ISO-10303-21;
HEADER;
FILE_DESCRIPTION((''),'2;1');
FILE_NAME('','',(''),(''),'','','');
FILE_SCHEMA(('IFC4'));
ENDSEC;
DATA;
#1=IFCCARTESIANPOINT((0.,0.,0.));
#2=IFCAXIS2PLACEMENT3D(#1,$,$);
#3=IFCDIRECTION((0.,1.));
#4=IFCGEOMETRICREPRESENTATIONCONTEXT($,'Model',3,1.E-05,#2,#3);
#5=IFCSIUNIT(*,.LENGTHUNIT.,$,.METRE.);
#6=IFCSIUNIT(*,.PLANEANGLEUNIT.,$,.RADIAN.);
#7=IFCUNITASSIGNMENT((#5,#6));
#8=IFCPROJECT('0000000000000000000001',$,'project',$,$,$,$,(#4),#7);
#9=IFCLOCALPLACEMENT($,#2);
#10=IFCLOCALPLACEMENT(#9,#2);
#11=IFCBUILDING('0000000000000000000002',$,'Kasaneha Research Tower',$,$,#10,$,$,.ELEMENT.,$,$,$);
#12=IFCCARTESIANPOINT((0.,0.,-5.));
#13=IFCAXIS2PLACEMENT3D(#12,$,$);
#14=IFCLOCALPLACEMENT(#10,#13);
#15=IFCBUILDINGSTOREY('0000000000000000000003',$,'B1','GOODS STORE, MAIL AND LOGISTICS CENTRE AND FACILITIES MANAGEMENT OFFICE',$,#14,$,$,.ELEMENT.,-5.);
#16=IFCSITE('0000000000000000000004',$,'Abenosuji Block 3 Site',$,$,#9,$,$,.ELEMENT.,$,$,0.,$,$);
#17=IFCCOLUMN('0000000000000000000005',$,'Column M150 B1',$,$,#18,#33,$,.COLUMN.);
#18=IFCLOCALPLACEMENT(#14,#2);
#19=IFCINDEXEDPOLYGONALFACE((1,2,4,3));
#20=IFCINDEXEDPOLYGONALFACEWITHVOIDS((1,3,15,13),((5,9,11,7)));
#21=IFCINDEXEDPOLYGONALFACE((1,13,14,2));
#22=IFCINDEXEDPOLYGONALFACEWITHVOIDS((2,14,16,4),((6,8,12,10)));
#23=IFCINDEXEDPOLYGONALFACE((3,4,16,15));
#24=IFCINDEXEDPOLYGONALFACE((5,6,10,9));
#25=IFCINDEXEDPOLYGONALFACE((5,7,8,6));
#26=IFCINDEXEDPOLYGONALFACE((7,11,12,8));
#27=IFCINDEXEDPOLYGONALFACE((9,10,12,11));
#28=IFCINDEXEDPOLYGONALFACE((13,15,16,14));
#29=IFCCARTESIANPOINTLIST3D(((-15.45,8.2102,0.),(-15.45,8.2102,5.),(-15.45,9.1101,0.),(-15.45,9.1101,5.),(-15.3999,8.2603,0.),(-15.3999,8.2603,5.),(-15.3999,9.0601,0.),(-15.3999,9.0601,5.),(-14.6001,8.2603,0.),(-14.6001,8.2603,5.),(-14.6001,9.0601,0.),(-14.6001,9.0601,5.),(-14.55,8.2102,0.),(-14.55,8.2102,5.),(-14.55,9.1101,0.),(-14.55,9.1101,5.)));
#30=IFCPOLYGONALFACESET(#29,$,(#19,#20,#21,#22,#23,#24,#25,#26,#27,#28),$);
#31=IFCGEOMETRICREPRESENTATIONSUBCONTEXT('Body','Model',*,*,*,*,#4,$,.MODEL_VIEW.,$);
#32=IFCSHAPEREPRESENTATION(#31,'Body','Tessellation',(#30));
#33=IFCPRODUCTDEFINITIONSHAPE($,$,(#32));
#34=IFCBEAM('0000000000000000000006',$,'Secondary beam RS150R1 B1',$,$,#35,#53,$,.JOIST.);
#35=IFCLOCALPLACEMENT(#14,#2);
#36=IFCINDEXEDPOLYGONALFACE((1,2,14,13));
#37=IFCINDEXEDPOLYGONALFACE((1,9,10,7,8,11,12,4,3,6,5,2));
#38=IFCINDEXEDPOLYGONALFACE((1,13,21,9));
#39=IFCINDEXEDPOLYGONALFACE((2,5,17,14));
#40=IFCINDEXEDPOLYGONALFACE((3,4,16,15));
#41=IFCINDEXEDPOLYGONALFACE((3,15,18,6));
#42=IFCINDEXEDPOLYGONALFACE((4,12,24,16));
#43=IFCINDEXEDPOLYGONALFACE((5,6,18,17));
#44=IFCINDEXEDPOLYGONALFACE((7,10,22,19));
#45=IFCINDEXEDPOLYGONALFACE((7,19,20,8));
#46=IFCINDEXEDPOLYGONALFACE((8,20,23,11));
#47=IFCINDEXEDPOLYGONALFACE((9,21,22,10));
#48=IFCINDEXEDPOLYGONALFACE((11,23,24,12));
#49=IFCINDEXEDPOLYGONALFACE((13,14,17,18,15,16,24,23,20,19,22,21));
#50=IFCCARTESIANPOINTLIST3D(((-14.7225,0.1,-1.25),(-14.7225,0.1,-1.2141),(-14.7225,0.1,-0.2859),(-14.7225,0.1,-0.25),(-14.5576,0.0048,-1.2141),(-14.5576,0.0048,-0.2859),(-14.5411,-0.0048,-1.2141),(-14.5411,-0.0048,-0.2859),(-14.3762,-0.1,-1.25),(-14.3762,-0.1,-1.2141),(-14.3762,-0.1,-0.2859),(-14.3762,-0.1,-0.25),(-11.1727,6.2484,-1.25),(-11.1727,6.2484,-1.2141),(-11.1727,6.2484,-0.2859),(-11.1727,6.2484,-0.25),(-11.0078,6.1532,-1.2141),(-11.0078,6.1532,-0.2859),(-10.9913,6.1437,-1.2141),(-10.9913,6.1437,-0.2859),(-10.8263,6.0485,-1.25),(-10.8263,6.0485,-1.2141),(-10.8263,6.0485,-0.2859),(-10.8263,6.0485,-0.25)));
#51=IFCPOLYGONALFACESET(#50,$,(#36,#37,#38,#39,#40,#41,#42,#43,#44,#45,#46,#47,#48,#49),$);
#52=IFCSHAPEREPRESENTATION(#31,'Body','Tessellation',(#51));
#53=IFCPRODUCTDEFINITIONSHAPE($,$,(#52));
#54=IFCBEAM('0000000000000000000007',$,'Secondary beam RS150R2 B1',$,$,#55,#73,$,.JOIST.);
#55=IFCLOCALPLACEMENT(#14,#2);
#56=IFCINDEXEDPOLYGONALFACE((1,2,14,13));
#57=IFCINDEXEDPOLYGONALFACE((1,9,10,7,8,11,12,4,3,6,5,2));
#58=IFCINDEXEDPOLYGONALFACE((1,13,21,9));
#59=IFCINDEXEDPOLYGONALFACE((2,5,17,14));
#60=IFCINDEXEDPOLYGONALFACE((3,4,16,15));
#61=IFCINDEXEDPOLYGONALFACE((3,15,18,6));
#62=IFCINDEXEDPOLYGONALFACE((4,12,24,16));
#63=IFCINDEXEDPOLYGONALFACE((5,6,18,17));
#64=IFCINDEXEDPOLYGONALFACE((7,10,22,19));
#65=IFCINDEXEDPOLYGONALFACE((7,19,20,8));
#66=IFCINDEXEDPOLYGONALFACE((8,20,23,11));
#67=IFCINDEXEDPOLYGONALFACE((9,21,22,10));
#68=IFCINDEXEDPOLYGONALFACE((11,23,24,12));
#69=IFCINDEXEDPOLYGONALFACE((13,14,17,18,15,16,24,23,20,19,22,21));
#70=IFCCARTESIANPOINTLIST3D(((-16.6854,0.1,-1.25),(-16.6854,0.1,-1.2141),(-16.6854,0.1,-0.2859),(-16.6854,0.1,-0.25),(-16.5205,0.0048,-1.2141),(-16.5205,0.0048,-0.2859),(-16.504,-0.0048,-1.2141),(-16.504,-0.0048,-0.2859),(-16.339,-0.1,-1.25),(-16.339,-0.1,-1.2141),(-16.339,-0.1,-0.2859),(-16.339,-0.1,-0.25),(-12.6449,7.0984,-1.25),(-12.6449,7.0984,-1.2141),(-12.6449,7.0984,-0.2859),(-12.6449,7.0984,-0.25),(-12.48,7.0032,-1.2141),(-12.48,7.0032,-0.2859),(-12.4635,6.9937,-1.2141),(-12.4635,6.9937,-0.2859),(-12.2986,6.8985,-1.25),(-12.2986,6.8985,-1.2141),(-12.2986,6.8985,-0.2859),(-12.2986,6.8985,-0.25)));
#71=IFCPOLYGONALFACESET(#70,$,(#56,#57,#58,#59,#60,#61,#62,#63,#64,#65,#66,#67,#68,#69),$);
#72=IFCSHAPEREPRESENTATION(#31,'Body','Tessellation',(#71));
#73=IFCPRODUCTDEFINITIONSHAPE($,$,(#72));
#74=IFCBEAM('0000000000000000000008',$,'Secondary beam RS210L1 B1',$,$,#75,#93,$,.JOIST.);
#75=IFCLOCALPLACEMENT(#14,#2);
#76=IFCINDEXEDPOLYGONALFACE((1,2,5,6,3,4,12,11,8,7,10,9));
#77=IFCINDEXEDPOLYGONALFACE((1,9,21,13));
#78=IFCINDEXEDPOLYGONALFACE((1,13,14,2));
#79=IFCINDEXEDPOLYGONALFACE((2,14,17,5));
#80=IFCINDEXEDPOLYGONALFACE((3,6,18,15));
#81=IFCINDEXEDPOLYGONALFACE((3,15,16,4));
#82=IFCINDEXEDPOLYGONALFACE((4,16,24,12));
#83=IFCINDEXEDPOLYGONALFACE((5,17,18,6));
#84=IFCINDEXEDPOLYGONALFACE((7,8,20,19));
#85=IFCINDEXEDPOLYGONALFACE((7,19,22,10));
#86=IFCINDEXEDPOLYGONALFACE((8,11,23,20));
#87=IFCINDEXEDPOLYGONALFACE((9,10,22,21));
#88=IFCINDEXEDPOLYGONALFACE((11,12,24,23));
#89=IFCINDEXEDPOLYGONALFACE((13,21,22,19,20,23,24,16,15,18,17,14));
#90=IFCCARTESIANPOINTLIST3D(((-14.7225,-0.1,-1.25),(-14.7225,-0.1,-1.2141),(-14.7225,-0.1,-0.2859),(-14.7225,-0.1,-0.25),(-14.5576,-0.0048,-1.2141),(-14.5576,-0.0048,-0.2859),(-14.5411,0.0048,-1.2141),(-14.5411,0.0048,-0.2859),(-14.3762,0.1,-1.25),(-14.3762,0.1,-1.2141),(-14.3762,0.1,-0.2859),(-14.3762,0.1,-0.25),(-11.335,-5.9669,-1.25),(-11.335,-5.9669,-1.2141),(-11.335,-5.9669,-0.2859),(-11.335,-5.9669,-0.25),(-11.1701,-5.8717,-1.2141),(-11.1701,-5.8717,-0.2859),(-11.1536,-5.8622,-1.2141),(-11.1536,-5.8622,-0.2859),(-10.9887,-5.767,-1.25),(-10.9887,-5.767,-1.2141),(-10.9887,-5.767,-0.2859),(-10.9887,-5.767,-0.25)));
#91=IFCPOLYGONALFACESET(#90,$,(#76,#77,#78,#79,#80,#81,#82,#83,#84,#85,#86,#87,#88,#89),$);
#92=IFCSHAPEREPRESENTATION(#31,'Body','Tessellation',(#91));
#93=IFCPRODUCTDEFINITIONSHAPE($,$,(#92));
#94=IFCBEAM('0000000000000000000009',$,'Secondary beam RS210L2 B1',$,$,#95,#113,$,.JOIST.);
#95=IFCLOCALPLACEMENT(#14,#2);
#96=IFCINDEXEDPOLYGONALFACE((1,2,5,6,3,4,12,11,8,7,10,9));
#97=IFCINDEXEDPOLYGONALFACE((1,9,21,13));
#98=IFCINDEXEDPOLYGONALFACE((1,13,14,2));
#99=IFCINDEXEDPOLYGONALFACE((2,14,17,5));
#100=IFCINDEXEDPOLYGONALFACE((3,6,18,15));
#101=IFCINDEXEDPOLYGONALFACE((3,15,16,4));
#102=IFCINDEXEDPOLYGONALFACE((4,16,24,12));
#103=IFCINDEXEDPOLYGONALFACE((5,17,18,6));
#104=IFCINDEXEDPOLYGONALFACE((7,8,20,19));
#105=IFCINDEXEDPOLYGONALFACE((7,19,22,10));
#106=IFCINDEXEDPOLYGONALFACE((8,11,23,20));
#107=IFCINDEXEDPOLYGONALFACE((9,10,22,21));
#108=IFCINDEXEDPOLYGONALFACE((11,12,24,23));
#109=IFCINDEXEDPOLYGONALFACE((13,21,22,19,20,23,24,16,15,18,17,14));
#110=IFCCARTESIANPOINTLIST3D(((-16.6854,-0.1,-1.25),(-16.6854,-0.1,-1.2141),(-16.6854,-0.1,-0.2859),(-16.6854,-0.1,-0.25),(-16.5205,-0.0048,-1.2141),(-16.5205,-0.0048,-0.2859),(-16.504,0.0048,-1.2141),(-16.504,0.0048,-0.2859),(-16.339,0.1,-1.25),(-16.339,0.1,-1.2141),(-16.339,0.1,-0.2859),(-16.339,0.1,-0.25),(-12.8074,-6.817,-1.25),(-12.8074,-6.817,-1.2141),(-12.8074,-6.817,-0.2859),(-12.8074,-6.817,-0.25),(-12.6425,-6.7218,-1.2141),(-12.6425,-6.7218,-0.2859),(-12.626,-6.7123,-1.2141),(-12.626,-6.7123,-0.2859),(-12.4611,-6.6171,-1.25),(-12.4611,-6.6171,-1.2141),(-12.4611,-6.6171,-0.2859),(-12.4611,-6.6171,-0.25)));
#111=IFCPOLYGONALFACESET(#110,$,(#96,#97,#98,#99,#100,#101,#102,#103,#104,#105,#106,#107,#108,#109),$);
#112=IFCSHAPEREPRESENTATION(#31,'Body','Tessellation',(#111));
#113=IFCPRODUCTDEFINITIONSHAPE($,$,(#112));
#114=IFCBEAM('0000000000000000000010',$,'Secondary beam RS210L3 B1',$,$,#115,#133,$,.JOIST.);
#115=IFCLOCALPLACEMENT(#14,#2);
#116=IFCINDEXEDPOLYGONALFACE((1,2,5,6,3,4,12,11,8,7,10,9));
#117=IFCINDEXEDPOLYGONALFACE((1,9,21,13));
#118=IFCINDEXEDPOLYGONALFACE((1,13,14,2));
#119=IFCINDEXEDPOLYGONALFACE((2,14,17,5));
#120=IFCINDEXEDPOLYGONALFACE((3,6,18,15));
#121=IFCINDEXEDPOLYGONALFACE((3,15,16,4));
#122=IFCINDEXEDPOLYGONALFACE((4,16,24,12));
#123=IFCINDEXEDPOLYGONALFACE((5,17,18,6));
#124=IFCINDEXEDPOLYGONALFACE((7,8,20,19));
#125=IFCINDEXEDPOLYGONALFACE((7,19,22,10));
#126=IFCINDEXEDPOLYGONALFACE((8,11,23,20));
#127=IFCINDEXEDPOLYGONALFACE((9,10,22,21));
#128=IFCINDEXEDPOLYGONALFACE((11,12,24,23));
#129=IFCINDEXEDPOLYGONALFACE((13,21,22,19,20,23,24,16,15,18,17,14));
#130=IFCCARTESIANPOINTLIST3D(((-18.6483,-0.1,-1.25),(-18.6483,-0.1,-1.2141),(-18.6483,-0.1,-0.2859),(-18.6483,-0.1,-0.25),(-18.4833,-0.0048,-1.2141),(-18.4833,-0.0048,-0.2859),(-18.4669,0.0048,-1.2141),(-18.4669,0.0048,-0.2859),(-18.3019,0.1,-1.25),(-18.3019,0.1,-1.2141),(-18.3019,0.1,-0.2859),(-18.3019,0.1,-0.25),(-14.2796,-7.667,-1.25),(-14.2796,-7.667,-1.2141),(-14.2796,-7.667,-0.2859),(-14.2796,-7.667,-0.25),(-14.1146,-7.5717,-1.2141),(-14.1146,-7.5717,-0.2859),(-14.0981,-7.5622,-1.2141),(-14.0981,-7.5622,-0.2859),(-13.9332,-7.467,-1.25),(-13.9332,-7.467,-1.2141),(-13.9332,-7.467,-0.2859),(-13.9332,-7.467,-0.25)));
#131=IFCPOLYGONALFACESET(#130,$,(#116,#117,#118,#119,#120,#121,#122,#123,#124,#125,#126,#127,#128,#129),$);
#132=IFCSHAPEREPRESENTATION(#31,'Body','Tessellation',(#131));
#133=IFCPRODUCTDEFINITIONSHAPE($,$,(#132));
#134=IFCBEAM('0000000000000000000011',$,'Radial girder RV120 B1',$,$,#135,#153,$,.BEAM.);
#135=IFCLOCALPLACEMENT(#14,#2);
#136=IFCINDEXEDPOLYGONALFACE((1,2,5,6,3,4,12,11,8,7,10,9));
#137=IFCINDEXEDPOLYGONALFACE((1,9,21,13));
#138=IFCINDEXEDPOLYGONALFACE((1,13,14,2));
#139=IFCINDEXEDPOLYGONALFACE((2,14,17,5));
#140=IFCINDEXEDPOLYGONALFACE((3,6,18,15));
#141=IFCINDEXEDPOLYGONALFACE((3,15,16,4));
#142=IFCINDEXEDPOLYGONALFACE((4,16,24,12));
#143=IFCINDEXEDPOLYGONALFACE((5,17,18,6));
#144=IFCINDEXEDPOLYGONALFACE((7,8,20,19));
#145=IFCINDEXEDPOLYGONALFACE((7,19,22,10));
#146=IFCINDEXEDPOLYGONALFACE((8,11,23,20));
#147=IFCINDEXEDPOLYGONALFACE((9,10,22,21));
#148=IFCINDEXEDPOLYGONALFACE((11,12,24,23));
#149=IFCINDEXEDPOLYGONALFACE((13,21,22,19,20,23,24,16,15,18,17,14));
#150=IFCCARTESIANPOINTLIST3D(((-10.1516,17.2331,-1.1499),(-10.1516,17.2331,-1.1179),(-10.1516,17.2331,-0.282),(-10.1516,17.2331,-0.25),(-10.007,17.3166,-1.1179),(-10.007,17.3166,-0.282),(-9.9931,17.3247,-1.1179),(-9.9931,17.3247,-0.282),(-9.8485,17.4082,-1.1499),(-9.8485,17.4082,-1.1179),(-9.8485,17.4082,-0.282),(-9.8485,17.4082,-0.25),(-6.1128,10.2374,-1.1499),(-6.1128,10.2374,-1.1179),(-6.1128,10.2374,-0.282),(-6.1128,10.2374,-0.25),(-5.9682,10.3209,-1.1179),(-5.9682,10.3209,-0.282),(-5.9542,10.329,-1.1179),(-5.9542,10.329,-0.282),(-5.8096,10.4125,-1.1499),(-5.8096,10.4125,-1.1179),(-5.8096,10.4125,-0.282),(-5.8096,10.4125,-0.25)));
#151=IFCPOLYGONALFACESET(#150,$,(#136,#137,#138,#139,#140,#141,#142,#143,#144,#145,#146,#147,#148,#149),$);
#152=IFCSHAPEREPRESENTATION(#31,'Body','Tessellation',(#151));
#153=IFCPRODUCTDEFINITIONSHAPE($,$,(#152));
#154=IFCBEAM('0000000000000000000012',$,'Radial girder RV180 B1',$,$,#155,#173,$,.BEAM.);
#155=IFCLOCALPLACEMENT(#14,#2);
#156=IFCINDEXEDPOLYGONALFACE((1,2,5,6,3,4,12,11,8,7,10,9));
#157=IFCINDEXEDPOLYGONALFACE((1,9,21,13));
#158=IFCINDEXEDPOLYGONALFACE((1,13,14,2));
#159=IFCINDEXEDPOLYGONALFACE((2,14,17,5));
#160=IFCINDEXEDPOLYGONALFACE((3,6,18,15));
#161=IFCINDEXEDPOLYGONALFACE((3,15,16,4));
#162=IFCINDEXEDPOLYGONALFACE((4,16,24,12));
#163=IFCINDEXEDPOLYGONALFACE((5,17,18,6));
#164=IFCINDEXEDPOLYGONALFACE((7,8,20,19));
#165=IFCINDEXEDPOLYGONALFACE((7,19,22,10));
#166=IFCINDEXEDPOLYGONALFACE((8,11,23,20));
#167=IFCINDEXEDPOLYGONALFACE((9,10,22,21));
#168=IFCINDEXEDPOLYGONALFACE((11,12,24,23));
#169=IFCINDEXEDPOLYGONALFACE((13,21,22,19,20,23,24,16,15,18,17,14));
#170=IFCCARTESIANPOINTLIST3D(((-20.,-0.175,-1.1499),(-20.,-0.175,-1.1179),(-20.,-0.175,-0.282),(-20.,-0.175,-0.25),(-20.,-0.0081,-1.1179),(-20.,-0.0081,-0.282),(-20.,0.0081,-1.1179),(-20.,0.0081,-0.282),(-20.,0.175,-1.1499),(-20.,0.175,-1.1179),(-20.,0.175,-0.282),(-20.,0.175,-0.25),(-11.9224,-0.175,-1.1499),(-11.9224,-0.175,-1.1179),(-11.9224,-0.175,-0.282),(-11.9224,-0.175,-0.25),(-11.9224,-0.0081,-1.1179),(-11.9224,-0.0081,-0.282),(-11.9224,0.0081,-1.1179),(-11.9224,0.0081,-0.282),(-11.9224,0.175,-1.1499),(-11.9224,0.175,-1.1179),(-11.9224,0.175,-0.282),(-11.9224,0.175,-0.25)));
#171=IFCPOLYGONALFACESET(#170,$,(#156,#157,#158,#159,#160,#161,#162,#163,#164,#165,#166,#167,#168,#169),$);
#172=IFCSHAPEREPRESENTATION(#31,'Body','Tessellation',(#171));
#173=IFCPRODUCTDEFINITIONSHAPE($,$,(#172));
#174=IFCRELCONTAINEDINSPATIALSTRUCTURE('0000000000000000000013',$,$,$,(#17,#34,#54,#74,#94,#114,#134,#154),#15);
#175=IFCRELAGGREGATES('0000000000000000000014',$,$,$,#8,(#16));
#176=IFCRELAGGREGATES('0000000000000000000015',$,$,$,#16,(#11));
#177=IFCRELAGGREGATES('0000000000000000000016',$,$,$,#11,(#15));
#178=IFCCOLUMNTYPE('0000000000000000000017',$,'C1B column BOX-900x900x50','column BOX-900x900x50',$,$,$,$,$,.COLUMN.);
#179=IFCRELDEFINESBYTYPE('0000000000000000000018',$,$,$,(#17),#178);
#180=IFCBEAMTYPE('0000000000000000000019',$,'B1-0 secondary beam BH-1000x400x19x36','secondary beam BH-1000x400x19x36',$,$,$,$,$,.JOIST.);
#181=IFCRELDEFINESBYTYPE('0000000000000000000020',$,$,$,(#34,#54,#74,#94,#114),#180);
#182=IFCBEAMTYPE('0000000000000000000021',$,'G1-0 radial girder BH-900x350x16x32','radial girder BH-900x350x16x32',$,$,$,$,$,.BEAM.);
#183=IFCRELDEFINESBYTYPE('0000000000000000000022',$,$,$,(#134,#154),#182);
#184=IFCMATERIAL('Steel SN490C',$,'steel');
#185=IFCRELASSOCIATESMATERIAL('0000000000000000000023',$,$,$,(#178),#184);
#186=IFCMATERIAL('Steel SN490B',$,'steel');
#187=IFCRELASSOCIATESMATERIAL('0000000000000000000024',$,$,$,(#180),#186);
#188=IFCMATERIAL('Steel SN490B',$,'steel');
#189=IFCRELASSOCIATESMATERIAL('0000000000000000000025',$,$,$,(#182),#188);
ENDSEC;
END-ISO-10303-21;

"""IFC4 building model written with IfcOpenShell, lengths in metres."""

from ifc_helpers import new_model, si_unit, direction, frame, origin, origin_2d, place, context, subcontext, project, spatial, hollow_rectangle, i_section, extrude, material, material_profile, profile_set, type_object, element, save


model = new_model("IFC4")

# Units and contexts
model_context = context("Model", 3, precision=1e-05, world=origin(), true_north=direction((0.0, 1.0)))
body_context = subcontext(model_context, "Body", "Model", "MODEL_VIEW")
ifc_project = project(units=[si_unit("LENGTHUNIT", "METRE"), si_unit("PLANEANGLEUNIT", "RADIAN")], contexts=[model_context])

# Site, building, storey
site_placement = place(None, origin())
site = spatial("IfcSite", under=ifc_project, at=site_placement, Name="Abenosuji Block 3 Site", CompositionType="ELEMENT", RefElevation=0.0)
building_placement = place(site_placement, origin())
building = spatial("IfcBuilding", under=site, at=building_placement, Name="Kasaneha Research Tower", CompositionType="ELEMENT")
storey_placement = place(building_placement, frame((0.0, 0.0, -5.0)))
storey = spatial("IfcBuildingStorey", under=building, at=storey_placement, Name="B1", Description="GOODS STORE, MAIL AND LOGISTICS CENTRE AND FACILITIES MANAGEMENT OFFICE", CompositionType="ELEMENT", Elevation=-5.0)

# Column
ifc_material_1 = material(Name="Steel SN490C", Category="steel")
ifc_material_profile_1 = material_profile(ifc_material_1, hollow_rectangle(XDim=0.8999, YDim=0.8999, WallThickness=0.05, at=origin_2d()), Name="BOX-900x900x50")
ifc_profile_set_1 = profile_set([ifc_material_profile_1], Name="Steel SN490C")
column_type = type_object("IfcColumnType", Name="C1B column BOX-900x900x50", Description="column BOX-900x900x50", PredefinedType="COLUMN", material=ifc_profile_set_1)
column_placement = place(storey_placement, frame((-15.0, 8.6602, 0.0), z_axis=(0.0, 0.0, 1.0), x_axis=(1.0, 0.0, 0.0)))
element("IfcColumn", 1, at=column_placement, inside=storey, type_object=column_type, Name="Column M150 B1", PredefinedType="COLUMN", context=body_context, shape_type="SweptSolid", body=[
    extrude(hollow_rectangle(XDim=0.8999, YDim=0.8999, WallThickness=0.05, at=origin_2d()), origin(), (0.0, 0.0, 1.0), 5.0),
])

# Beams
ifc_material_2 = material(Name="Steel SN490B", Category="steel")
ifc_material_profile_2 = material_profile(ifc_material_2, i_section(OverallWidth=0.3999, OverallDepth=1.0, WebThickness=0.019, FlangeThickness=0.0359, at=origin_2d()), Name="BH-1000x400x19x36")
ifc_profile_set_2 = profile_set([ifc_material_profile_2], Name="Steel SN490B")
beam_type_1 = type_object("IfcBeamType", Name="B1-0 secondary beam BH-1000x400x19x36", Description="secondary beam BH-1000x400x19x36", PredefinedType="JOIST", material=ifc_profile_set_2)
beam_1_placement = place(storey_placement, frame((-14.5493, 0.0, -0.75), z_axis=(0.5, 0.866025, 0.0), x_axis=(-0.866025, 0.5, 0.0)))
element("IfcBeam", 2, at=beam_1_placement, inside=storey, type_object=beam_type_1, Name="Secondary beam RS150R1 B1", PredefinedType="JOIST", context=body_context, shape_type="SweptSolid", body=[
    extrude(i_section(OverallWidth=0.3999, OverallDepth=1.0, WebThickness=0.019, FlangeThickness=0.0359, at=origin_2d()), origin(), (0.0, 0.0, 1.0), 7.0996),
])
beam_2_placement = place(storey_placement, frame((-16.5122, 0.0, -0.75), z_axis=(0.499993, 0.86603, 0.0), x_axis=(-0.86603, 0.499993, 0.0)))
element("IfcBeam", 3, at=beam_2_placement, inside=storey, type_object=beam_type_1, Name="Secondary beam RS150R2 B1", PredefinedType="JOIST", context=body_context, shape_type="SweptSolid", body=[
    extrude(i_section(OverallWidth=0.3999, OverallDepth=1.0, WebThickness=0.019, FlangeThickness=0.0359, at=origin_2d()), origin(), (0.0, 0.0, 1.0), 8.0811),
])
beam_3_placement = place(storey_placement, frame((-14.5493, 0.0, -0.75), z_axis=(0.500019, -0.866015, 0.0), x_axis=(0.866015, 0.500019, 0.0)))
element("IfcBeam", 4, at=beam_3_placement, inside=storey, type_object=beam_type_1, Name="Secondary beam RS210L1 B1", PredefinedType="JOIST", context=body_context, shape_type="SweptSolid", body=[
    extrude(i_section(OverallWidth=0.3999, OverallDepth=1.0, WebThickness=0.019, FlangeThickness=0.0359, at=origin_2d()), origin(), (0.0, 0.0, 1.0), 6.7747),
])
beam_4_placement = place(storey_placement, frame((-16.5122, 0.0, -0.75), z_axis=(0.499985, -0.866034, 0.0), x_axis=(0.866034, 0.499985, 0.0)))
element("IfcBeam", 5, at=beam_4_placement, inside=storey, type_object=beam_type_1, Name="Secondary beam RS210L2 B1", PredefinedType="JOIST", context=body_context, shape_type="SweptSolid", body=[
    extrude(i_section(OverallWidth=0.3999, OverallDepth=1.0, WebThickness=0.019, FlangeThickness=0.0359, at=origin_2d()), origin(), (0.0, 0.0, 1.0), 7.7561),
])
beam_5_placement = place(storey_placement, frame((-18.4751, 0.0, -0.75), z_axis=(0.499992, -0.86603, 0.0), x_axis=(0.86603, 0.499992, 0.0)))
element("IfcBeam", 6, at=beam_5_placement, inside=storey, type_object=beam_type_1, Name="Secondary beam RS210L3 B1", PredefinedType="JOIST", context=body_context, shape_type="SweptSolid", body=[
    extrude(i_section(OverallWidth=0.3999, OverallDepth=1.0, WebThickness=0.019, FlangeThickness=0.0359, at=origin_2d()), origin(), (0.0, 0.0, 1.0), 8.7375),
])
ifc_material_3 = material(Name="Steel SN490B", Category="steel")
ifc_material_profile_3 = material_profile(ifc_material_3, i_section(OverallWidth=0.3501, OverallDepth=0.8999, WebThickness=0.0161, FlangeThickness=0.032, at=origin_2d()), Name="BH-900x350x16x32")
ifc_profile_set_3 = profile_set([ifc_material_profile_3], Name="Steel SN490B")
beam_type_2 = type_object("IfcBeamType", Name="G1-0 radial girder BH-900x350x16x32", Description="radial girder BH-900x350x16x32", PredefinedType="BEAM", material=ifc_profile_set_3)
beam_6_placement = place(storey_placement, frame((-5.9612, 10.325, -0.7), z_axis=(-0.499991, 0.866031, 0.0), x_axis=(-0.866031, -0.499991, 0.0)))
element("IfcBeam", 7, at=beam_6_placement, inside=storey, type_object=beam_type_2, Name="Radial girder RV120 B1", PredefinedType="BEAM", context=body_context, shape_type="SweptSolid", body=[
    extrude(i_section(OverallWidth=0.3501, OverallDepth=0.8999, WebThickness=0.0161, FlangeThickness=0.032, at=origin_2d()), origin(), (0.0, 0.0, 1.0), 8.0779),
])
beam_7_placement = place(storey_placement, frame((-11.9224, 0.0, -0.7), z_axis=(-1.0, 0.0, 0.0), x_axis=(0.0, -1.0, 0.0)))
element("IfcBeam", 8, at=beam_7_placement, inside=storey, type_object=beam_type_2, Name="Radial girder RV180 B1", PredefinedType="BEAM", context=body_context, shape_type="SweptSolid", body=[
    extrude(i_section(OverallWidth=0.3501, OverallDepth=0.8999, WebThickness=0.0161, FlangeThickness=0.032, at=origin_2d()), origin(), (0.0, 0.0, 1.0), 8.0776),
])

save(model, "model.ifc")
